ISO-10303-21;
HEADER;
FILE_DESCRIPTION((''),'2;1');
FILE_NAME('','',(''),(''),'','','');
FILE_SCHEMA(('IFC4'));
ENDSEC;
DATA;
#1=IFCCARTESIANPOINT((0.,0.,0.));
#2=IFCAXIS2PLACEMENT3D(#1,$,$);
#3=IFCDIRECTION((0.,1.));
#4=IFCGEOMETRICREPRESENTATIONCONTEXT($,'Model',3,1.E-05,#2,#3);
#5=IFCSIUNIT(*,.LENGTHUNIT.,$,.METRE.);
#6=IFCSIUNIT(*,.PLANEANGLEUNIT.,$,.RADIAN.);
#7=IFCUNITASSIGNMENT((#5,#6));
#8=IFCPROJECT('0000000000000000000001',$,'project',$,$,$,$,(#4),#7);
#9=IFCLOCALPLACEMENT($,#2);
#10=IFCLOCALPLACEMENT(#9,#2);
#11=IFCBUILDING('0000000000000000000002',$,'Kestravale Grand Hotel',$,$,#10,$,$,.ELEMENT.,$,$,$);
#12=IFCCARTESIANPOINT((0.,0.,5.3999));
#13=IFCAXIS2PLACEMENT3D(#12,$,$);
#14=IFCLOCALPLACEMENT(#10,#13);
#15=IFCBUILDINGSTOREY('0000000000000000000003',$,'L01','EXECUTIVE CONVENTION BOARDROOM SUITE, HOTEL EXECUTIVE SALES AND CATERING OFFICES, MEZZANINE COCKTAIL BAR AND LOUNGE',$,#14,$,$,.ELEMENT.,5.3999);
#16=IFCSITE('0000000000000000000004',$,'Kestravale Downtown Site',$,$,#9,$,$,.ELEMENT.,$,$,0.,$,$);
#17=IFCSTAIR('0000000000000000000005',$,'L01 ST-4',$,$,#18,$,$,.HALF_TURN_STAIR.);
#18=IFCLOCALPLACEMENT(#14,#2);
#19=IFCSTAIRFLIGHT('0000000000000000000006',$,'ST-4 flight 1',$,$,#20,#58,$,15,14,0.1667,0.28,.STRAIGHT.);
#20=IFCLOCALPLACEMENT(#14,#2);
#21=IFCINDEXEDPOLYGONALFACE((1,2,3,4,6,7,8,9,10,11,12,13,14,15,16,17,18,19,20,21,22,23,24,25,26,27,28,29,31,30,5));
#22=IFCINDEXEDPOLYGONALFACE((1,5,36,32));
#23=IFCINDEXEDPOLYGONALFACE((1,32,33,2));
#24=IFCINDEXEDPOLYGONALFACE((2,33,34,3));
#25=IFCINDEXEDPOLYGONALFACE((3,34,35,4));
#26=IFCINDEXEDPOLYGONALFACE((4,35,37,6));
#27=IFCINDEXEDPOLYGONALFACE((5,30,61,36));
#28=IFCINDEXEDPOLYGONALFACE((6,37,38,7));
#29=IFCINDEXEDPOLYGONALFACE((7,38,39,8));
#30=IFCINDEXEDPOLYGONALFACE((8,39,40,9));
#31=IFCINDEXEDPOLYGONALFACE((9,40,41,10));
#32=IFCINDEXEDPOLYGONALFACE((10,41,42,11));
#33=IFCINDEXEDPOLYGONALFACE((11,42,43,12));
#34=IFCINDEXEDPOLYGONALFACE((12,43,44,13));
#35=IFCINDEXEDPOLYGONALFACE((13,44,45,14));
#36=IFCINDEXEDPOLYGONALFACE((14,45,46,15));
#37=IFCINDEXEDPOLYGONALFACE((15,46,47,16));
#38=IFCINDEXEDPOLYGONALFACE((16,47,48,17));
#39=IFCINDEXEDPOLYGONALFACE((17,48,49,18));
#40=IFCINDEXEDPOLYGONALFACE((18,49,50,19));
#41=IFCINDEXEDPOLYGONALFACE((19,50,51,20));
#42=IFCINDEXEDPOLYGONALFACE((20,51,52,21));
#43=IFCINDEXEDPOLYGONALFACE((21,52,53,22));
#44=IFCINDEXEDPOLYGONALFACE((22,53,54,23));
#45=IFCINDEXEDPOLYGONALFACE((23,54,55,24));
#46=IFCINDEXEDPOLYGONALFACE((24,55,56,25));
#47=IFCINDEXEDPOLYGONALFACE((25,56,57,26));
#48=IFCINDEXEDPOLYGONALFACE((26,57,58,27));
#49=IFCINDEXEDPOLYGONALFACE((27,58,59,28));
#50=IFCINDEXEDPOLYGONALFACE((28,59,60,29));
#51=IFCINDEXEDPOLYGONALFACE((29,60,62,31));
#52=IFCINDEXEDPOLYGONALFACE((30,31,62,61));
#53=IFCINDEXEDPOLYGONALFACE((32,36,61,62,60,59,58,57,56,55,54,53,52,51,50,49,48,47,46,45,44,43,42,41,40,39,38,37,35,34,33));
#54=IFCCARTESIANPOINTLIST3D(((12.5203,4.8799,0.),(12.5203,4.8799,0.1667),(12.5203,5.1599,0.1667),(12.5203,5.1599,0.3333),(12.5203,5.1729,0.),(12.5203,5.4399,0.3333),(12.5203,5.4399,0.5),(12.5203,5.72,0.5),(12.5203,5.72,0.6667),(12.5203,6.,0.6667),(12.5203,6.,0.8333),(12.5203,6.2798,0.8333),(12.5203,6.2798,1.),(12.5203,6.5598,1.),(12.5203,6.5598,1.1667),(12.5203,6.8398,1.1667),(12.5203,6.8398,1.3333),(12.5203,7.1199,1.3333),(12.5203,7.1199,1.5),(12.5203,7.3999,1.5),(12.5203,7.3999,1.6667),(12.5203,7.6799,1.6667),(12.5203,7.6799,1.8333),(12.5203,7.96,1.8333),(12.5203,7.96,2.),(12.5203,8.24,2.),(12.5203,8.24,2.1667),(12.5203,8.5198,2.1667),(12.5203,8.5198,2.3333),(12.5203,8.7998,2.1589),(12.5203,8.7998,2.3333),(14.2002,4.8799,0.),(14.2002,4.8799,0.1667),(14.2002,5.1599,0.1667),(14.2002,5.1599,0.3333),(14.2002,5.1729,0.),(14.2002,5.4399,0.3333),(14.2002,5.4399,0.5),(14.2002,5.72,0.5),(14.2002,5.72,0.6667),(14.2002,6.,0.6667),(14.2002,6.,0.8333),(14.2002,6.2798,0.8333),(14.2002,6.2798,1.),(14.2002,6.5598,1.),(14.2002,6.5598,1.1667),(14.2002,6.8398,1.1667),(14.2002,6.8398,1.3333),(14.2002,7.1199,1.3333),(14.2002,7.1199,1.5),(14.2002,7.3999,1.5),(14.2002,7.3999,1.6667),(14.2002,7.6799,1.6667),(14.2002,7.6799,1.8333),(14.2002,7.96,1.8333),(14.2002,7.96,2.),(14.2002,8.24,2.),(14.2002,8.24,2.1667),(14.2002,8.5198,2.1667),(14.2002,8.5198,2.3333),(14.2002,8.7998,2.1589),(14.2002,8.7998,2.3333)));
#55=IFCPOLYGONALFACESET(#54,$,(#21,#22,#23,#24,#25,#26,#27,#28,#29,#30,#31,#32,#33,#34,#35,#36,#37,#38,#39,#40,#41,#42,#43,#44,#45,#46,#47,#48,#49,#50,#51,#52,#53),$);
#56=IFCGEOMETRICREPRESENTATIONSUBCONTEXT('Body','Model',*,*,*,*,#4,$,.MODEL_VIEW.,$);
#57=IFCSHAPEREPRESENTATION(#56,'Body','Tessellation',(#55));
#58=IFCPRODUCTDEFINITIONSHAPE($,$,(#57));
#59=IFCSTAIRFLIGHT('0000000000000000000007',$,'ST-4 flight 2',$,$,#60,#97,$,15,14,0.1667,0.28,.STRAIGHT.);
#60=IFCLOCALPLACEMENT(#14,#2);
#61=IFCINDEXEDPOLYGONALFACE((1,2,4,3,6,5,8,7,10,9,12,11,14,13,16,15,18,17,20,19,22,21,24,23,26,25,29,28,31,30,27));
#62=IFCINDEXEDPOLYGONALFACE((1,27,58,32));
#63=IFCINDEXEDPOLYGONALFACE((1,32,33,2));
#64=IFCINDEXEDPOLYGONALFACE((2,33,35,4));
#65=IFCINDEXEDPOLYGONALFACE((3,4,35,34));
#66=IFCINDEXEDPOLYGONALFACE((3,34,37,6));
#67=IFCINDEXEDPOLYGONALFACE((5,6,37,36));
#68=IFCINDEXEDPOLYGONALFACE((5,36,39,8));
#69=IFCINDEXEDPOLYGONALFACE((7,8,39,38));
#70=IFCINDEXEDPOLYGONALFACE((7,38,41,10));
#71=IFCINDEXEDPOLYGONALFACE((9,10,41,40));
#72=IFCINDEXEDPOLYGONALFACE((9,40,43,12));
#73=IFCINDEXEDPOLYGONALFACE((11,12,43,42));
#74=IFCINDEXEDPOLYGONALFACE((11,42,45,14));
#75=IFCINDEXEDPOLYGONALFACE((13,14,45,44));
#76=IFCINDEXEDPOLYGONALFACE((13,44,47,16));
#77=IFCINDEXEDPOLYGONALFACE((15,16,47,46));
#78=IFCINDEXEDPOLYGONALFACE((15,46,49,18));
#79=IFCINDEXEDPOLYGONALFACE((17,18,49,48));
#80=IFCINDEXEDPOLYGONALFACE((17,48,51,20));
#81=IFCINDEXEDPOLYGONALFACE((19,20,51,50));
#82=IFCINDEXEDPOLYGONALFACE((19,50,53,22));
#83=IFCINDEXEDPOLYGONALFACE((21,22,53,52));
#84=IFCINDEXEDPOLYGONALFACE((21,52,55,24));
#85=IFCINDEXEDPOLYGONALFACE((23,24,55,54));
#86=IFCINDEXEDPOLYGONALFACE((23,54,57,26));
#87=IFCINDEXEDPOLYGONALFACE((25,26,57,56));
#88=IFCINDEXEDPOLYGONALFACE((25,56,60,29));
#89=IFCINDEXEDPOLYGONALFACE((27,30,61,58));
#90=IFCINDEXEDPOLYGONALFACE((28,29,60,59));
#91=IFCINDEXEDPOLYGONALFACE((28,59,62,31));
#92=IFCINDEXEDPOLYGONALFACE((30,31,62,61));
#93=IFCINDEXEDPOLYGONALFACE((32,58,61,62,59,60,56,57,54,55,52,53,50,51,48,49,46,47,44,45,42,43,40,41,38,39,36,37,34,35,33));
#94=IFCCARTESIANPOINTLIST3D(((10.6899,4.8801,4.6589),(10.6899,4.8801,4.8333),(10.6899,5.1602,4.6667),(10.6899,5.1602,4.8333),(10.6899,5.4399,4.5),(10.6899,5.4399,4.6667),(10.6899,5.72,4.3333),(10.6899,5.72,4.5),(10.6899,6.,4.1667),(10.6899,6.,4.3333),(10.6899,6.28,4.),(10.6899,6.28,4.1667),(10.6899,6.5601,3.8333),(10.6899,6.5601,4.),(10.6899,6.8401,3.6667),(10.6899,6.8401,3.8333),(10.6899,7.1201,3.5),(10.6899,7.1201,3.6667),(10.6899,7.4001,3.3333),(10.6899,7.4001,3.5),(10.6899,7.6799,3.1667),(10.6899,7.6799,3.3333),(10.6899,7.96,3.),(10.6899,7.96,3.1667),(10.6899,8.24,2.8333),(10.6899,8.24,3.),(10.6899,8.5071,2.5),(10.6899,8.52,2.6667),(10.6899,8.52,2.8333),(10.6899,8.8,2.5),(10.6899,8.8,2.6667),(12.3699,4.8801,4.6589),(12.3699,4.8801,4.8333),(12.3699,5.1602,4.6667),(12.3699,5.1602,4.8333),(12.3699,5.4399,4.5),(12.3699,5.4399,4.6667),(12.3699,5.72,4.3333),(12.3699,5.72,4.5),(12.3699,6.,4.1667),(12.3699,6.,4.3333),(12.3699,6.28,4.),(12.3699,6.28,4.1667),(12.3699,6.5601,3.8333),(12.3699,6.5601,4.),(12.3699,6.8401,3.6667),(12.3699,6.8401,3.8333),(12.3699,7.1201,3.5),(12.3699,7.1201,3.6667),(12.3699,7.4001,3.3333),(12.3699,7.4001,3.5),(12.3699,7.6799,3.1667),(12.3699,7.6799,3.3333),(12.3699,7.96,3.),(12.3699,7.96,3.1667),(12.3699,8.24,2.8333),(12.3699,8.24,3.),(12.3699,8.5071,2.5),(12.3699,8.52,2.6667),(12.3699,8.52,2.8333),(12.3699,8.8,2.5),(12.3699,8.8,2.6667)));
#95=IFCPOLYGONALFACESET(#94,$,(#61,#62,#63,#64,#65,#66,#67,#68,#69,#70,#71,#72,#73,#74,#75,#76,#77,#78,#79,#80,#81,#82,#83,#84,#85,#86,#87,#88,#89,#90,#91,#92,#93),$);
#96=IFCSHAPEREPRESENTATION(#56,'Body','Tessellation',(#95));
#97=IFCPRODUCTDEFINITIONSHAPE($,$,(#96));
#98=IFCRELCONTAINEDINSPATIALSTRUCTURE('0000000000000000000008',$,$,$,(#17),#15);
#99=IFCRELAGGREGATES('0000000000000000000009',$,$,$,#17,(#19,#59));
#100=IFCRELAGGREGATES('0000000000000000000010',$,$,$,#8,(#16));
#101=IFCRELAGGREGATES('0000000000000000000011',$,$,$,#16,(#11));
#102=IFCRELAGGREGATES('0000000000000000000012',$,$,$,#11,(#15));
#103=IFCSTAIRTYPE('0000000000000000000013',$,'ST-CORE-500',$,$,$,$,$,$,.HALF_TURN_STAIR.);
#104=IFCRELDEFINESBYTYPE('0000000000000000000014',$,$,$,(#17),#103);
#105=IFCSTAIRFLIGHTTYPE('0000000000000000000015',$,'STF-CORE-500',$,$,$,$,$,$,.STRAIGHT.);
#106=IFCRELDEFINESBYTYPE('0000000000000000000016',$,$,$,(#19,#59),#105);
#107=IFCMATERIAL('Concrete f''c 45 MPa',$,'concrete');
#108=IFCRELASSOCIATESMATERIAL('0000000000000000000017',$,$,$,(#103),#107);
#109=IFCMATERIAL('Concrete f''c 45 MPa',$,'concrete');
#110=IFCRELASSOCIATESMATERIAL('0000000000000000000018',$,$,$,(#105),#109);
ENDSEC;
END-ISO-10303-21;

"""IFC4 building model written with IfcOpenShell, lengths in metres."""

from ifc_helpers import new_model, si_unit, direction, frame, origin, place, context, subcontext, project, spatial, polyline, outline, extrude, material, type_object, element, aggregate, save


model = new_model("IFC4")

# Units and contexts
model_context = context("Model", 3, precision=1e-05, world=origin(), true_north=direction((0.0, 1.0)))
body_context = subcontext(model_context, "Body", "Model", "MODEL_VIEW")
ifc_project = project(units=[si_unit("LENGTHUNIT", "METRE"), si_unit("PLANEANGLEUNIT", "RADIAN")], contexts=[model_context])

# Site, building, storey
site_placement = place(None, origin())
site = spatial("IfcSite", under=ifc_project, at=site_placement, Name="Kestravale Downtown Site", CompositionType="ELEMENT", RefElevation=0.0)
building_placement = place(site_placement, origin())
building = spatial("IfcBuilding", under=site, at=building_placement, Name="Kestravale Grand Hotel", CompositionType="ELEMENT")
storey_placement = place(building_placement, frame((0.0, 0.0, 5.3999)))
storey = spatial("IfcBuildingStorey", under=building, at=storey_placement, Name="L01", Description="EXECUTIVE CONVENTION BOARDROOM SUITE, HOTEL EXECUTIVE SALES AND CATERING OFFICES, MEZZANINE COCKTAIL BAR AND LOUNGE", CompositionType="ELEMENT", Elevation=5.3999)

# Stair, stair flights
ifc_material_1 = material(Name="Concrete f'c 45 MPa", Category="concrete")
stair_type = type_object("IfcStairType", Name="ST-CORE-500", PredefinedType="HALF_TURN_STAIR", material=ifc_material_1)
stair_placement = place(storey_placement, origin())
stair = element("IfcStair", 1, at=stair_placement, inside=storey, type_object=stair_type, Name="L01 ST-4", PredefinedType="HALF_TURN_STAIR")
ifc_material_2 = material(Name="Concrete f'c 45 MPa", Category="concrete")
stair_flight_type = type_object("IfcStairFlightType", Name="STF-CORE-500", PredefinedType="STRAIGHT", material=ifc_material_2)
stair_flight_1_placement = place(storey_placement, frame((13.3601, 4.8799, 0.0), z_axis=(0.0, 0.0, 1.0), x_axis=(0.0, 1.0, 0.0)))
stair_flight_1 = element("IfcStairFlight", 2, at=stair_flight_1_placement, type_object=stair_flight_type, Name="ST-4 flight 1", NumberOfRisers=15, NumberOfTreads=14, PredefinedType="STRAIGHT", RiserHeight=0.1667, TreadLength=0.28, context=body_context, shape_type="SweptSolid", body=[
    extrude(outline(polyline([(0.0, 0.0), (0.0, 0.1667), (0.28, 0.1667), (0.28, 0.3333), (0.5601, 0.3333), (0.5601, 0.5), (0.8401, 0.5), (0.8401, 0.6667), (1.1201, 0.6667), (1.1201, 0.8333), (1.3999, 0.8333), (1.3999, 1.0), (1.6799, 1.0), (1.6799, 1.1667), (1.96, 1.1667), (1.96, 1.3333), (2.24, 1.3333), (2.24, 1.5), (2.52, 1.5), (2.52, 1.6667), (2.8, 1.6667), (2.8, 1.8333), (3.0801, 1.8333), (3.0801, 2.0), (3.3601, 2.0), (3.3601, 2.1667), (3.6399, 2.1667), (3.6399, 2.3333), (3.9199, 2.3333), (3.9199, 2.5), (3.9199, 2.1589), (0.293, 0.0), (0.0, 0.0)])), frame((0.0, 0.8398, 0.0), z_axis=(0.0, -1.0, 0.0), x_axis=(1.0, 0.0, 0.0)), (0.0, 0.0, 1.0), 1.6799),
])
stair_flight_2_placement = place(storey_placement, frame((11.53, 8.8, 2.5), z_axis=(0.0, 0.0, 1.0), x_axis=(0.0, -1.0, 0.0)))
stair_flight_2 = element("IfcStairFlight", 3, at=stair_flight_2_placement, type_object=stair_flight_type, Name="ST-4 flight 2", NumberOfRisers=15, NumberOfTreads=14, PredefinedType="STRAIGHT", RiserHeight=0.1667, TreadLength=0.28, context=body_context, shape_type="SweptSolid", body=[
    extrude(outline(polyline([(0.0, 0.0), (0.0, 0.1667), (0.28, 0.1667), (0.28, 0.3333), (0.5601, 0.3333), (0.5601, 0.5), (0.8401, 0.5), (0.8401, 0.6667), (1.1201, 0.6667), (1.1201, 0.8333), (1.3999, 0.8333), (1.3999, 1.0), (1.6799, 1.0), (1.6799, 1.1667), (1.96, 1.1667), (1.96, 1.3333), (2.24, 1.3333), (2.24, 1.5), (2.52, 1.5), (2.52, 1.6667), (2.8, 1.6667), (2.8, 1.8333), (3.0801, 1.8333), (3.0801, 2.0), (3.3601, 2.0), (3.3601, 2.1667), (3.6399, 2.1667), (3.6399, 2.3333), (3.9199, 2.3333), (3.9199, 2.5), (3.9199, 2.1589), (0.293, 0.0), (0.0, 0.0)])), frame((0.0, 0.8398, 0.0), z_axis=(0.0, -1.0, 0.0), x_axis=(1.0, 0.0, 0.0)), (0.0, 0.0, 1.0), 1.6799),
])
aggregate(stair, [stair_flight_1, stair_flight_2])

save(model, "model.ifc")
